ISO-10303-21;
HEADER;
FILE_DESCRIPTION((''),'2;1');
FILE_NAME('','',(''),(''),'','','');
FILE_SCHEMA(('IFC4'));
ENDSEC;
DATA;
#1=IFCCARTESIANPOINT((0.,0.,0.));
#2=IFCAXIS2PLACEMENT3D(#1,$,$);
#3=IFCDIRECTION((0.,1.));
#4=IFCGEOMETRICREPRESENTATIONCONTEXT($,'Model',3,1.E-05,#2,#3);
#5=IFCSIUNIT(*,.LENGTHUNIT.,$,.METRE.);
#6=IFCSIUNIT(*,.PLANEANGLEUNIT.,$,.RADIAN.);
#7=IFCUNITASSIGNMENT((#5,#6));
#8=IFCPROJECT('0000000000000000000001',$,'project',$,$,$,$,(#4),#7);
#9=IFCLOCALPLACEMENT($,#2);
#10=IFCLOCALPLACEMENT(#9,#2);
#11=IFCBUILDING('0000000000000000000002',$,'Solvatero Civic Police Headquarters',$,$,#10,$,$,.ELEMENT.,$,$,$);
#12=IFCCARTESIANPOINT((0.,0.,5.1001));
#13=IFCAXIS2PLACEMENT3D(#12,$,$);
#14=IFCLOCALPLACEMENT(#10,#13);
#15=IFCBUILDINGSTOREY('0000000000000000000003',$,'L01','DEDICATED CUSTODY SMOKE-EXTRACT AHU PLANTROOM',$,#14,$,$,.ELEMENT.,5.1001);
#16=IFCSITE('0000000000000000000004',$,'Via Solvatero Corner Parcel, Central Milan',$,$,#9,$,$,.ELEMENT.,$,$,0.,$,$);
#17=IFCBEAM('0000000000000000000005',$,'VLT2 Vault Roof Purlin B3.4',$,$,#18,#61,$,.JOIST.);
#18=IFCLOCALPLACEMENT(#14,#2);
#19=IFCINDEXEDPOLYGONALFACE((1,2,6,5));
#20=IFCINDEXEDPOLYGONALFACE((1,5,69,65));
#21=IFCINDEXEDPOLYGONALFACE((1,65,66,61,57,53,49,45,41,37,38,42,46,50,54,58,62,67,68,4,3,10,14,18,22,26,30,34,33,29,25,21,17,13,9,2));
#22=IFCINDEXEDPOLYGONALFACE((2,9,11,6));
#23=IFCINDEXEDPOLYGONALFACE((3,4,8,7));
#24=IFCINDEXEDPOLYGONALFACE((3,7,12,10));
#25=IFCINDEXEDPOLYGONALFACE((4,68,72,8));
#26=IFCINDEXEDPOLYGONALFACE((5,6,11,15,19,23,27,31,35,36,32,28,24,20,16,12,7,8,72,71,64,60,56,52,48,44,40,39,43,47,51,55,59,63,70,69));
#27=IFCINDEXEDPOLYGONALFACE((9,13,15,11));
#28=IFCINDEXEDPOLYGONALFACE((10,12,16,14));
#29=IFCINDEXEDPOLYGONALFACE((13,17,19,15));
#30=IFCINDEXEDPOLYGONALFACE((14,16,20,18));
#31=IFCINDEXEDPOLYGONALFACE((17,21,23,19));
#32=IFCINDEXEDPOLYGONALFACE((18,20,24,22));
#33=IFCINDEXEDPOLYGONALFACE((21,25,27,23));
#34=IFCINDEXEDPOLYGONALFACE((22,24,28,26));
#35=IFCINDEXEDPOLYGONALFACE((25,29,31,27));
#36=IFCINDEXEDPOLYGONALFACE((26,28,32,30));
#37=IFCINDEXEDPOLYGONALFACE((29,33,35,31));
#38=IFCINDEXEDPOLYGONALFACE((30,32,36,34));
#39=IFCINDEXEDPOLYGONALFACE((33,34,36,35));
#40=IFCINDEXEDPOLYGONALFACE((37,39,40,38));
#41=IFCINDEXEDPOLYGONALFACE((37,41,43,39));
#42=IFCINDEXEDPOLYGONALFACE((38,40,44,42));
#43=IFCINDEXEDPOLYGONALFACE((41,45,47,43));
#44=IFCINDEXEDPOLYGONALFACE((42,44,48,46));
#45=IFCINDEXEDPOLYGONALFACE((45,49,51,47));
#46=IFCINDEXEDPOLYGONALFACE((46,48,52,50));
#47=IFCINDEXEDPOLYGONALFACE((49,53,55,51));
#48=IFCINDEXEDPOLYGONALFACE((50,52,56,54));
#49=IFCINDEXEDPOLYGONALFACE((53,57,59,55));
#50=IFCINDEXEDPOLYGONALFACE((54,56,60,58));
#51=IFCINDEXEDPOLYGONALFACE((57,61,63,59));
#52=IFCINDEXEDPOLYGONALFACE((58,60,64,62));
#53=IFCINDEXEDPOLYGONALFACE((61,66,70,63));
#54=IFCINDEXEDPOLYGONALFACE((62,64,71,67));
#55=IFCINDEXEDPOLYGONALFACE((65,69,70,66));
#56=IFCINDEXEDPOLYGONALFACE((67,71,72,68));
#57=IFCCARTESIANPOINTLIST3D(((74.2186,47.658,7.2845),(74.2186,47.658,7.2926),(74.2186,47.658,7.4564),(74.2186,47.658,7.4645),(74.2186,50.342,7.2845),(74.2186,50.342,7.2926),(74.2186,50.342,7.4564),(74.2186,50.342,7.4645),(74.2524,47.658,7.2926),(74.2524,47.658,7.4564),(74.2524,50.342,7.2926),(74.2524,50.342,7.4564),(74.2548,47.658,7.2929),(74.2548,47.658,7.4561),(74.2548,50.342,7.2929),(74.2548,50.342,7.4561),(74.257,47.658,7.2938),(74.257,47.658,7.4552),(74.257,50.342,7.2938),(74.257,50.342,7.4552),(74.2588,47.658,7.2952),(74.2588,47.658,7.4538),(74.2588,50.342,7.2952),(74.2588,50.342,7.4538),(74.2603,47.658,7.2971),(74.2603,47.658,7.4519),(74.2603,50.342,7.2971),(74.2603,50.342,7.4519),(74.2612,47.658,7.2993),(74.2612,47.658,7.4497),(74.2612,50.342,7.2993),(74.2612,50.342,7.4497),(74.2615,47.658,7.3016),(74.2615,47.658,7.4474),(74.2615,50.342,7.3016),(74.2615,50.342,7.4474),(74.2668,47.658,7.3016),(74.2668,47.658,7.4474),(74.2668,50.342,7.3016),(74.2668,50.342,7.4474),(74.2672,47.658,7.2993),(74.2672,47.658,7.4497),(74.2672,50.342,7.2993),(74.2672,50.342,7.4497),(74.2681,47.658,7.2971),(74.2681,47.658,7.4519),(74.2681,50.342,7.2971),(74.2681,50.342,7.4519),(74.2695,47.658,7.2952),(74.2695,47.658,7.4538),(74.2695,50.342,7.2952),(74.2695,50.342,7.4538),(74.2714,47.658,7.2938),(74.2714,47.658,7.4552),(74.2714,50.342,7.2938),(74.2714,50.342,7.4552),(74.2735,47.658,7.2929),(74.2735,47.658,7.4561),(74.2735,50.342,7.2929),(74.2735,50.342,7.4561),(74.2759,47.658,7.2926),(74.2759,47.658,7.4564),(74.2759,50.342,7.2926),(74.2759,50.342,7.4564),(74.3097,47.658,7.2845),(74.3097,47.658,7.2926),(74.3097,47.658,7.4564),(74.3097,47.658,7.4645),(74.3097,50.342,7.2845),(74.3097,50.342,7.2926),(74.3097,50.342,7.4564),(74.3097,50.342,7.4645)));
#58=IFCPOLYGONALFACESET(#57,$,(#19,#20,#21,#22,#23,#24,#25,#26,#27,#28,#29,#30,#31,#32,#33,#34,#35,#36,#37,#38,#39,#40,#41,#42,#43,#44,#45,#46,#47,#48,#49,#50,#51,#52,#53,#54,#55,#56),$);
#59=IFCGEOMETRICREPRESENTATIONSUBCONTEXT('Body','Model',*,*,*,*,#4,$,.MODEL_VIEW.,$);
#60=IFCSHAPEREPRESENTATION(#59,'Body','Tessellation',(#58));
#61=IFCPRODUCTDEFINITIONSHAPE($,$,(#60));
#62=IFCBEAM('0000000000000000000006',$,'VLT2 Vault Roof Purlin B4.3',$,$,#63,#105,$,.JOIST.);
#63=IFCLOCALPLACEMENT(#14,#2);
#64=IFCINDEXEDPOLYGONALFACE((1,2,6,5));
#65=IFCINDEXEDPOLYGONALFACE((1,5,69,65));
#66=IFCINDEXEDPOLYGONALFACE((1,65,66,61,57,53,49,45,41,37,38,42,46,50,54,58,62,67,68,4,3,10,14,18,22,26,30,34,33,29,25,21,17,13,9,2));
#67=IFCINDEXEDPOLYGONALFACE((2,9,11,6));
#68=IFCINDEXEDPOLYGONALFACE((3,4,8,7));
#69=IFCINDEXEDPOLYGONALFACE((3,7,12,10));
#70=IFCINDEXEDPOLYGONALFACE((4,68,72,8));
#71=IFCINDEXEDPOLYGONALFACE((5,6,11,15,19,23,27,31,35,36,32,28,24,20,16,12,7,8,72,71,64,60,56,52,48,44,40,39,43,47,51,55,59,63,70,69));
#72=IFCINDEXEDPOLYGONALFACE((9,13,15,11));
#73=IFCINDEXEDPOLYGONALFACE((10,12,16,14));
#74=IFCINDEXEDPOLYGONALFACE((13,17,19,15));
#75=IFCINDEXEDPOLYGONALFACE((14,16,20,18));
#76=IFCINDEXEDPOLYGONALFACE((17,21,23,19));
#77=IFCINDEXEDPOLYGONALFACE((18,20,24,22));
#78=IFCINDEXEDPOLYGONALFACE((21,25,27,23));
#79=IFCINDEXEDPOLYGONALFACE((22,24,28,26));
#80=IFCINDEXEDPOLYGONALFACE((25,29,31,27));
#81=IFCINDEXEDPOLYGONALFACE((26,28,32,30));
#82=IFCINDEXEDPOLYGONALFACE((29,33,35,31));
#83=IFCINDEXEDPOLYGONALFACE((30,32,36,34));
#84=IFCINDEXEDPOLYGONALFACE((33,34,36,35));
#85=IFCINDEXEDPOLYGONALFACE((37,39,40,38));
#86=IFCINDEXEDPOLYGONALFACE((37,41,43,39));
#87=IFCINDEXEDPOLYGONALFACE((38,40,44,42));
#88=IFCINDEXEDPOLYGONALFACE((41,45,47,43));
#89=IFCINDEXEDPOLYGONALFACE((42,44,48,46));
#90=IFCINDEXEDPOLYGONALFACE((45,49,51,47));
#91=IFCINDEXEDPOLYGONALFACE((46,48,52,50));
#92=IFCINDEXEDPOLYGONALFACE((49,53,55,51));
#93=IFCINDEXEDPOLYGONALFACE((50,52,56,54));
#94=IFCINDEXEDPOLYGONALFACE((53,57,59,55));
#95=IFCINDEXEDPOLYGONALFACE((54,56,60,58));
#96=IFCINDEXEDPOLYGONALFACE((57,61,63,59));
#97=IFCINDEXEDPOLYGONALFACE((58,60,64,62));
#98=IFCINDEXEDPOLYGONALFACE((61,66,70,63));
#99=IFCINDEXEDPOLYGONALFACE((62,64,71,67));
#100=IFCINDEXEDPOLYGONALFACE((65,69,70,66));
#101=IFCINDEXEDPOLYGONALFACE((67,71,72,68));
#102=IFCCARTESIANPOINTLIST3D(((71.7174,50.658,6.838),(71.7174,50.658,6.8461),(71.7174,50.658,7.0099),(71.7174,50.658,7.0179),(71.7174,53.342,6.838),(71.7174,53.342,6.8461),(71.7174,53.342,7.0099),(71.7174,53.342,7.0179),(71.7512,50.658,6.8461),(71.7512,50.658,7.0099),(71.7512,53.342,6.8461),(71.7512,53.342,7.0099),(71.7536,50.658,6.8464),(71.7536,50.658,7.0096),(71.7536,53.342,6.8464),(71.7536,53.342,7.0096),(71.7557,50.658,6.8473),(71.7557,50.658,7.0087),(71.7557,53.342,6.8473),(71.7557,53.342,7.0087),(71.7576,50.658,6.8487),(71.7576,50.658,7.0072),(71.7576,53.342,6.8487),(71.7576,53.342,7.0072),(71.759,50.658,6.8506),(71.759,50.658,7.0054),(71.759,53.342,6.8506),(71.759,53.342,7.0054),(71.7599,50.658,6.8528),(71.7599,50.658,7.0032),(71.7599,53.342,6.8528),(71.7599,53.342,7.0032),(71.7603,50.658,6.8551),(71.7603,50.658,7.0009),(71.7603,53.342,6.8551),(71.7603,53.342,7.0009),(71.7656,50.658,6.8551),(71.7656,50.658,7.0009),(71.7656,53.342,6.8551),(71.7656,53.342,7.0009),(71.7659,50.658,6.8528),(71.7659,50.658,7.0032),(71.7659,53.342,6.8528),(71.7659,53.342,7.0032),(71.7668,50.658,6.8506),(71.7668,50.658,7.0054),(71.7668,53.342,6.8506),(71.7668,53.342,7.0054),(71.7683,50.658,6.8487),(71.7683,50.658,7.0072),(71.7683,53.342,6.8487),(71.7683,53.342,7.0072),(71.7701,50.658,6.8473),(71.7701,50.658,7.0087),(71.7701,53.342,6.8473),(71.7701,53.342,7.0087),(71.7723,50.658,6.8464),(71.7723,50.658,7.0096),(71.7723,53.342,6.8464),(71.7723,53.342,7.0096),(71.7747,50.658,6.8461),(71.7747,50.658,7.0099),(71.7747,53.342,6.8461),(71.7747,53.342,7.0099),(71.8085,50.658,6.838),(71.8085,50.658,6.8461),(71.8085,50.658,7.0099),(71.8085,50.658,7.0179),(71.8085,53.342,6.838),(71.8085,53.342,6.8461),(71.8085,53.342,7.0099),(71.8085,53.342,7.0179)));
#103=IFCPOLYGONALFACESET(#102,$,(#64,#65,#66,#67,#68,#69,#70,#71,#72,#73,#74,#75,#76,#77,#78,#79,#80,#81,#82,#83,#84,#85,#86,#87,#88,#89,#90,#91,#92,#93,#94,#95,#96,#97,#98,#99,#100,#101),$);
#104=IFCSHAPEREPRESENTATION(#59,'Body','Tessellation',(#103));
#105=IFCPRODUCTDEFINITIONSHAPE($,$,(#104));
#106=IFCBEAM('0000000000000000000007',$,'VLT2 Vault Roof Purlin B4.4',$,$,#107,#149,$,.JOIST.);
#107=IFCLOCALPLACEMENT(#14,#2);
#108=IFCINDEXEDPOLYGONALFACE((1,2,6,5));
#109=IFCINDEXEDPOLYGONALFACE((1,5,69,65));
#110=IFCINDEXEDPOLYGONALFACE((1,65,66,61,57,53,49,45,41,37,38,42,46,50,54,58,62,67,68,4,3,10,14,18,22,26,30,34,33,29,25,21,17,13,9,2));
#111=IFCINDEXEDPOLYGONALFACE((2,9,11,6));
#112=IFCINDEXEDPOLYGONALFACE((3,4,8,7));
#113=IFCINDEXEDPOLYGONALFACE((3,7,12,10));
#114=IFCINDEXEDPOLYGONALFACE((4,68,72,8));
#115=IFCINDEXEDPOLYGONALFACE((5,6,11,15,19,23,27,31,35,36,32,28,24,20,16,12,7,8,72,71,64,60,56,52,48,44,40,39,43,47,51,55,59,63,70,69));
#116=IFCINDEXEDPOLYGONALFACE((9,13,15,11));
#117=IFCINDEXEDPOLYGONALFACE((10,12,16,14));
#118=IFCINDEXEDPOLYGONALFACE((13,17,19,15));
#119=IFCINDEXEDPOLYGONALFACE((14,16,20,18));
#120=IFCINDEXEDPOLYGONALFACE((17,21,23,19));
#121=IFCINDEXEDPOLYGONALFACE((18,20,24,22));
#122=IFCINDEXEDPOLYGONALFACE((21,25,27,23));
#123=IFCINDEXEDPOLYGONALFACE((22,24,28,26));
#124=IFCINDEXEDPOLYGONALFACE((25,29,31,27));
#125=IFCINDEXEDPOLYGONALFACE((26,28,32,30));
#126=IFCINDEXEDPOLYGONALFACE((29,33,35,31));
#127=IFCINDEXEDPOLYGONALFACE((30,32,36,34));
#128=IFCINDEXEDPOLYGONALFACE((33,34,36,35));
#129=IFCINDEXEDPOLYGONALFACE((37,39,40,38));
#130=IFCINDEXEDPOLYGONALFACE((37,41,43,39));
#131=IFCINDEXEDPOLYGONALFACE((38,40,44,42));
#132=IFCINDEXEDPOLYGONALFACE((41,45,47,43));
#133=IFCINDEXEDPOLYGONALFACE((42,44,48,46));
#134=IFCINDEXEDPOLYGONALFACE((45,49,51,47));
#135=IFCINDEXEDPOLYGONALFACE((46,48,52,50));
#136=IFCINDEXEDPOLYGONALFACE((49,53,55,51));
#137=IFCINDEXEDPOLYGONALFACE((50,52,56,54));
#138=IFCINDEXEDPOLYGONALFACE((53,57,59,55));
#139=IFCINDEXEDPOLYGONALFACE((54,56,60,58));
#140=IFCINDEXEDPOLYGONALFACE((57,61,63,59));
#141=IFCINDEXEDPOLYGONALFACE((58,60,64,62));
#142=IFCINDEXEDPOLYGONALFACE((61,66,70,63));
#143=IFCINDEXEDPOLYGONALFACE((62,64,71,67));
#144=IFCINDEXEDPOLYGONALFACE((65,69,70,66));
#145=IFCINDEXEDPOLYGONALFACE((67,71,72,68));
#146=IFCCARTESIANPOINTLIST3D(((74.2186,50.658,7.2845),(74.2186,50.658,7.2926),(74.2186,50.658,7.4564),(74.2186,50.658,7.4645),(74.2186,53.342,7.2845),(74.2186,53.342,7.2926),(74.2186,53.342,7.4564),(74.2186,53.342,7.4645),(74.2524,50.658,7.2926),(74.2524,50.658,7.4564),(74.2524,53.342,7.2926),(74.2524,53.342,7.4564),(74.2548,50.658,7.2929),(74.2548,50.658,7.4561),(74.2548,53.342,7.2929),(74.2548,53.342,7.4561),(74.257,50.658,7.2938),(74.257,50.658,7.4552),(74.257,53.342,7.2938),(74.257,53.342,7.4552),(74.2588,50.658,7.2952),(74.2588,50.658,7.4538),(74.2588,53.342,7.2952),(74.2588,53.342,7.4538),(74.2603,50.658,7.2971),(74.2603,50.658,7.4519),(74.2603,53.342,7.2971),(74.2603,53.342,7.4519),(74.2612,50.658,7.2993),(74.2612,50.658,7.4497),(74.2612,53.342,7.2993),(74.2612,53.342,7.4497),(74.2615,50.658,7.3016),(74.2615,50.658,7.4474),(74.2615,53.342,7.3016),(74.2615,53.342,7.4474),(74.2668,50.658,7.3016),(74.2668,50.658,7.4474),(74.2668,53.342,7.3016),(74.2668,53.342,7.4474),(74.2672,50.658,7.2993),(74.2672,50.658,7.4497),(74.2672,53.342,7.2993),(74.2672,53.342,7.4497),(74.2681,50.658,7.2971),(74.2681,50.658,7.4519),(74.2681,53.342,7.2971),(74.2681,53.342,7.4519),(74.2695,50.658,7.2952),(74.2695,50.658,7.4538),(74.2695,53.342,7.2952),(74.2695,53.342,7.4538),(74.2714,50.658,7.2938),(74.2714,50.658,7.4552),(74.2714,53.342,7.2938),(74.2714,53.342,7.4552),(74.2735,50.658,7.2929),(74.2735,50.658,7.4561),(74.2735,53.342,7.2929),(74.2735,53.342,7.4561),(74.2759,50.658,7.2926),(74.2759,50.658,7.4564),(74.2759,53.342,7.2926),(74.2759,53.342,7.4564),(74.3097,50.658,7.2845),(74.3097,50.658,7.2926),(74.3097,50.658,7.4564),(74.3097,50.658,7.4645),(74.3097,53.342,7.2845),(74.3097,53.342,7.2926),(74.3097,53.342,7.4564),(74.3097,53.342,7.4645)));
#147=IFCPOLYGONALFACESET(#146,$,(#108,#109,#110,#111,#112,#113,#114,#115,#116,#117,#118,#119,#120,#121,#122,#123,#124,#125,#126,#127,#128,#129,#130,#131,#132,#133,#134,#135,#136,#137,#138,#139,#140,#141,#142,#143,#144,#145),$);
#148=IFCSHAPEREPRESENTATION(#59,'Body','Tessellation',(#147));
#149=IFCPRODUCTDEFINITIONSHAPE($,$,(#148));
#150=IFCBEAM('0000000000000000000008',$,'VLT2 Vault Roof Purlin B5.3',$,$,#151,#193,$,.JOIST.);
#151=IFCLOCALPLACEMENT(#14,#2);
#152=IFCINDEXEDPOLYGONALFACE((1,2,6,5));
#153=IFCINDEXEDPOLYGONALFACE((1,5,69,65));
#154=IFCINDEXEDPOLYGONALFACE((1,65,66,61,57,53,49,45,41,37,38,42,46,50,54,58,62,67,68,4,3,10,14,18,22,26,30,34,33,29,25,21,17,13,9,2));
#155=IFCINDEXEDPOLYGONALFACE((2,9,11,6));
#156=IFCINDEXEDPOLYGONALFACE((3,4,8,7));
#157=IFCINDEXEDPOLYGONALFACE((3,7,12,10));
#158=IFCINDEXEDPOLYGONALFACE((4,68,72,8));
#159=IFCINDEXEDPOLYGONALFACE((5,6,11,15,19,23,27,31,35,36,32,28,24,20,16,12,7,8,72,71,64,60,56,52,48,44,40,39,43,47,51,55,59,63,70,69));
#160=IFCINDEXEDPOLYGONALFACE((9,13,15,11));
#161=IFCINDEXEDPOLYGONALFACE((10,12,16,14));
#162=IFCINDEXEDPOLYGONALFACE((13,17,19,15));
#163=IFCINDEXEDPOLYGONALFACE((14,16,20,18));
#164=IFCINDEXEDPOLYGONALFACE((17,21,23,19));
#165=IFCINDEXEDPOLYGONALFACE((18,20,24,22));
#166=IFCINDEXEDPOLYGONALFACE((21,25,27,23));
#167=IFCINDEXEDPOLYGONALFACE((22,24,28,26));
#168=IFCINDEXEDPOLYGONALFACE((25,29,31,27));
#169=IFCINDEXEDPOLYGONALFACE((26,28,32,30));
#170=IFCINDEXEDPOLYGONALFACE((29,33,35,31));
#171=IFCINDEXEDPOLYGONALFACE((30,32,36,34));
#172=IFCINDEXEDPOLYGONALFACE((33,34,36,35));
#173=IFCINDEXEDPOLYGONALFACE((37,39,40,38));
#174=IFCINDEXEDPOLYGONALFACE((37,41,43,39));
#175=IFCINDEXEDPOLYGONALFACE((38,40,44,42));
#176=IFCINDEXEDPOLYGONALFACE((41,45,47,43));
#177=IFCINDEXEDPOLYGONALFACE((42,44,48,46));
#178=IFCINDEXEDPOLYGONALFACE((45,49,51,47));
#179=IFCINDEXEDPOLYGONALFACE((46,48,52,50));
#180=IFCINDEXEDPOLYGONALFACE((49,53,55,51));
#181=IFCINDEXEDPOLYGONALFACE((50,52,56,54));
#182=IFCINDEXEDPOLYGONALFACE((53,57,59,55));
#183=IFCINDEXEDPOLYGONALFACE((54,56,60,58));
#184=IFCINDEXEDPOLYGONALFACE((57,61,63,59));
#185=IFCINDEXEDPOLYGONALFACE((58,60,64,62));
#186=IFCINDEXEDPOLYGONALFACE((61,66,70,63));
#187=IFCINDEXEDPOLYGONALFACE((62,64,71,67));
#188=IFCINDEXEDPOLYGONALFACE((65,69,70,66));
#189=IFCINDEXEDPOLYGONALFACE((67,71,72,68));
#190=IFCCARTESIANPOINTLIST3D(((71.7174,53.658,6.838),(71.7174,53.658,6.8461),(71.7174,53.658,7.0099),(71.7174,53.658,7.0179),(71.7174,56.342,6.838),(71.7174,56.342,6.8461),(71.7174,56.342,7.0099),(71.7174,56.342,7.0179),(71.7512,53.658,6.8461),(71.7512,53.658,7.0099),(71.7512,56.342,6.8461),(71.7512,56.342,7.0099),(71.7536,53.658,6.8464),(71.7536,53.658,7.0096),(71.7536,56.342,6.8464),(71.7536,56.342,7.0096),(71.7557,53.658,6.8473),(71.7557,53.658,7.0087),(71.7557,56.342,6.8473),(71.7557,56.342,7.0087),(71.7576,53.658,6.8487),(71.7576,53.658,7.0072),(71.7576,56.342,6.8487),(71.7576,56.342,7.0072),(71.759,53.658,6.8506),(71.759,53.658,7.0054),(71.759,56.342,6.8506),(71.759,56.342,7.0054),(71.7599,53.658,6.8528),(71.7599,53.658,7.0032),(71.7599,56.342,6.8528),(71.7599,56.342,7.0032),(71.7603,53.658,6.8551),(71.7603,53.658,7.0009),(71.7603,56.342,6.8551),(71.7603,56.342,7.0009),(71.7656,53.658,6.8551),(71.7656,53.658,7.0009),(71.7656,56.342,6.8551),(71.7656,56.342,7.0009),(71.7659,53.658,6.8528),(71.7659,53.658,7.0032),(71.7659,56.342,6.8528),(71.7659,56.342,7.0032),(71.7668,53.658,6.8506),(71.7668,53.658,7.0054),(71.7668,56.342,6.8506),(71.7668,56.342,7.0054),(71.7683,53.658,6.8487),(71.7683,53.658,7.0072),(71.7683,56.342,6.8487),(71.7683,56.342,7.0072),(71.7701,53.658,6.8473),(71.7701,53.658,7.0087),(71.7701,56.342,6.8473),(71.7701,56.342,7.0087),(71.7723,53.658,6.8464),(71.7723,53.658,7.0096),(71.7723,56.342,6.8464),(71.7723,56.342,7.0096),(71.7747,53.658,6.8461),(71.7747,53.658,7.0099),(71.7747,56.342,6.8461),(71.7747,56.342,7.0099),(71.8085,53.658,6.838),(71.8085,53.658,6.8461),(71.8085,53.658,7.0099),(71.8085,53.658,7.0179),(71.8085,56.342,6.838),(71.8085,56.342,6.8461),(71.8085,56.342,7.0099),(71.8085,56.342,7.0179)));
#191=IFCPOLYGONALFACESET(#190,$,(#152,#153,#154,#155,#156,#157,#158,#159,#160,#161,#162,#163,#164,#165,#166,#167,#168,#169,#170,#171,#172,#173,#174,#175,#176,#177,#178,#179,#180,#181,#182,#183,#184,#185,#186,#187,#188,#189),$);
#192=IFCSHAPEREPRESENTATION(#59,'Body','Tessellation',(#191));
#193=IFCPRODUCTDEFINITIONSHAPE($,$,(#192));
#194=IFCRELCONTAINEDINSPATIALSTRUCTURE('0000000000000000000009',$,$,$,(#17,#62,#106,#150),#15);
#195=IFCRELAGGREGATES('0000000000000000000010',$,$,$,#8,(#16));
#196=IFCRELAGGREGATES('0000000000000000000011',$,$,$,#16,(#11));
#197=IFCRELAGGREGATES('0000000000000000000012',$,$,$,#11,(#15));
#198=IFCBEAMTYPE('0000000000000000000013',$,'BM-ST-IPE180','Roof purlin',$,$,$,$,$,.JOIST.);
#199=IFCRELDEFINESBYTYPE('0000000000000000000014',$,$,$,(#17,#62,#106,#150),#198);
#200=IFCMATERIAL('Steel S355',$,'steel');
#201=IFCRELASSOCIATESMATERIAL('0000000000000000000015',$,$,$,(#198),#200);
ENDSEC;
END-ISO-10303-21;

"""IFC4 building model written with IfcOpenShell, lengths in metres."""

from ifc_helpers import new_model, si_unit, direction, frame, origin, origin_2d, place, context, subcontext, project, spatial, i_section, extrude, material, material_profile, profile_set, type_object, element, save


model = new_model("IFC4")

# Units and contexts
model_context = context("Model", 3, precision=1e-05, world=origin(), true_north=direction((0.0, 1.0)))
body_context = subcontext(model_context, "Body", "Model", "MODEL_VIEW")
ifc_project = project(units=[si_unit("LENGTHUNIT", "METRE"), si_unit("PLANEANGLEUNIT", "RADIAN")], contexts=[model_context])

# Site, building, storey
site_placement = place(None, origin())
site = spatial("IfcSite", under=ifc_project, at=site_placement, Name="Via Solvatero Corner Parcel, Central Milan", CompositionType="ELEMENT", RefElevation=0.0)
building_placement = place(site_placement, origin())
building = spatial("IfcBuilding", under=site, at=building_placement, Name="Solvatero Civic Police Headquarters", CompositionType="ELEMENT")
storey_placement = place(building_placement, frame((0.0, 0.0, 5.1001)))
storey = spatial("IfcBuildingStorey", under=building, at=storey_placement, Name="L01", Description="DEDICATED CUSTODY SMOKE-EXTRACT AHU PLANTROOM", CompositionType="ELEMENT", Elevation=5.1001)

# Beams
ifc_material = material(Name="Steel S355", Category="steel")
ifc_material_profile_1 = material_profile(ifc_material, i_section(OverallWidth=0.0911, OverallDepth=0.1799, WebThickness=0.0054, FlangeThickness=0.0081, FilletRadius=0.009, at=origin_2d()), Name="IPE 180")
ifc_profile_set_1 = profile_set([ifc_material_profile_1], Name="Steel S355")
beam_type_1 = type_object("IfcBeamType", Name="BM-ST-IPE180", Description="Roof purlin", PredefinedType="JOIST", material=ifc_profile_set_1)
for number, where, z_axis, x_axis, name in (
    (1, (74.2642, 47.658, 7.3745), (0.0, 1.0, 0.0), (-1.0, 0.0, 0.0), "VLT2 Vault Roof Purlin B3.4"),
    (2, (71.7629, 50.658, 6.928), (0.0, 1.0, 0.0), (-1.0, 0.0, 0.0), "VLT2 Vault Roof Purlin B4.3"),
    (3, (74.2642, 50.658, 7.3745), (0.0, 1.0, 0.0), (-1.0, 0.0, 0.0), "VLT2 Vault Roof Purlin B4.4"),
    (4, (71.7629, 53.658, 6.928), (0.0, 1.0, 0.0), (-1.0, 0.0, 0.0), "VLT2 Vault Roof Purlin B5.3"),
):
    element("IfcBeam", number, at=place(storey_placement, frame(where, z_axis=z_axis, x_axis=x_axis)), inside=storey, type_object=beam_type_1, Name=name, PredefinedType="JOIST", context=body_context, shape_type="SweptSolid", body=[
        extrude(i_section(OverallWidth=0.0911, OverallDepth=0.1799, WebThickness=0.0054, FlangeThickness=0.0081, FilletRadius=0.009, at=origin_2d()), origin(), (0.0, 0.0, 1.0), 2.6841),
    ])

save(model, "model.ifc")
